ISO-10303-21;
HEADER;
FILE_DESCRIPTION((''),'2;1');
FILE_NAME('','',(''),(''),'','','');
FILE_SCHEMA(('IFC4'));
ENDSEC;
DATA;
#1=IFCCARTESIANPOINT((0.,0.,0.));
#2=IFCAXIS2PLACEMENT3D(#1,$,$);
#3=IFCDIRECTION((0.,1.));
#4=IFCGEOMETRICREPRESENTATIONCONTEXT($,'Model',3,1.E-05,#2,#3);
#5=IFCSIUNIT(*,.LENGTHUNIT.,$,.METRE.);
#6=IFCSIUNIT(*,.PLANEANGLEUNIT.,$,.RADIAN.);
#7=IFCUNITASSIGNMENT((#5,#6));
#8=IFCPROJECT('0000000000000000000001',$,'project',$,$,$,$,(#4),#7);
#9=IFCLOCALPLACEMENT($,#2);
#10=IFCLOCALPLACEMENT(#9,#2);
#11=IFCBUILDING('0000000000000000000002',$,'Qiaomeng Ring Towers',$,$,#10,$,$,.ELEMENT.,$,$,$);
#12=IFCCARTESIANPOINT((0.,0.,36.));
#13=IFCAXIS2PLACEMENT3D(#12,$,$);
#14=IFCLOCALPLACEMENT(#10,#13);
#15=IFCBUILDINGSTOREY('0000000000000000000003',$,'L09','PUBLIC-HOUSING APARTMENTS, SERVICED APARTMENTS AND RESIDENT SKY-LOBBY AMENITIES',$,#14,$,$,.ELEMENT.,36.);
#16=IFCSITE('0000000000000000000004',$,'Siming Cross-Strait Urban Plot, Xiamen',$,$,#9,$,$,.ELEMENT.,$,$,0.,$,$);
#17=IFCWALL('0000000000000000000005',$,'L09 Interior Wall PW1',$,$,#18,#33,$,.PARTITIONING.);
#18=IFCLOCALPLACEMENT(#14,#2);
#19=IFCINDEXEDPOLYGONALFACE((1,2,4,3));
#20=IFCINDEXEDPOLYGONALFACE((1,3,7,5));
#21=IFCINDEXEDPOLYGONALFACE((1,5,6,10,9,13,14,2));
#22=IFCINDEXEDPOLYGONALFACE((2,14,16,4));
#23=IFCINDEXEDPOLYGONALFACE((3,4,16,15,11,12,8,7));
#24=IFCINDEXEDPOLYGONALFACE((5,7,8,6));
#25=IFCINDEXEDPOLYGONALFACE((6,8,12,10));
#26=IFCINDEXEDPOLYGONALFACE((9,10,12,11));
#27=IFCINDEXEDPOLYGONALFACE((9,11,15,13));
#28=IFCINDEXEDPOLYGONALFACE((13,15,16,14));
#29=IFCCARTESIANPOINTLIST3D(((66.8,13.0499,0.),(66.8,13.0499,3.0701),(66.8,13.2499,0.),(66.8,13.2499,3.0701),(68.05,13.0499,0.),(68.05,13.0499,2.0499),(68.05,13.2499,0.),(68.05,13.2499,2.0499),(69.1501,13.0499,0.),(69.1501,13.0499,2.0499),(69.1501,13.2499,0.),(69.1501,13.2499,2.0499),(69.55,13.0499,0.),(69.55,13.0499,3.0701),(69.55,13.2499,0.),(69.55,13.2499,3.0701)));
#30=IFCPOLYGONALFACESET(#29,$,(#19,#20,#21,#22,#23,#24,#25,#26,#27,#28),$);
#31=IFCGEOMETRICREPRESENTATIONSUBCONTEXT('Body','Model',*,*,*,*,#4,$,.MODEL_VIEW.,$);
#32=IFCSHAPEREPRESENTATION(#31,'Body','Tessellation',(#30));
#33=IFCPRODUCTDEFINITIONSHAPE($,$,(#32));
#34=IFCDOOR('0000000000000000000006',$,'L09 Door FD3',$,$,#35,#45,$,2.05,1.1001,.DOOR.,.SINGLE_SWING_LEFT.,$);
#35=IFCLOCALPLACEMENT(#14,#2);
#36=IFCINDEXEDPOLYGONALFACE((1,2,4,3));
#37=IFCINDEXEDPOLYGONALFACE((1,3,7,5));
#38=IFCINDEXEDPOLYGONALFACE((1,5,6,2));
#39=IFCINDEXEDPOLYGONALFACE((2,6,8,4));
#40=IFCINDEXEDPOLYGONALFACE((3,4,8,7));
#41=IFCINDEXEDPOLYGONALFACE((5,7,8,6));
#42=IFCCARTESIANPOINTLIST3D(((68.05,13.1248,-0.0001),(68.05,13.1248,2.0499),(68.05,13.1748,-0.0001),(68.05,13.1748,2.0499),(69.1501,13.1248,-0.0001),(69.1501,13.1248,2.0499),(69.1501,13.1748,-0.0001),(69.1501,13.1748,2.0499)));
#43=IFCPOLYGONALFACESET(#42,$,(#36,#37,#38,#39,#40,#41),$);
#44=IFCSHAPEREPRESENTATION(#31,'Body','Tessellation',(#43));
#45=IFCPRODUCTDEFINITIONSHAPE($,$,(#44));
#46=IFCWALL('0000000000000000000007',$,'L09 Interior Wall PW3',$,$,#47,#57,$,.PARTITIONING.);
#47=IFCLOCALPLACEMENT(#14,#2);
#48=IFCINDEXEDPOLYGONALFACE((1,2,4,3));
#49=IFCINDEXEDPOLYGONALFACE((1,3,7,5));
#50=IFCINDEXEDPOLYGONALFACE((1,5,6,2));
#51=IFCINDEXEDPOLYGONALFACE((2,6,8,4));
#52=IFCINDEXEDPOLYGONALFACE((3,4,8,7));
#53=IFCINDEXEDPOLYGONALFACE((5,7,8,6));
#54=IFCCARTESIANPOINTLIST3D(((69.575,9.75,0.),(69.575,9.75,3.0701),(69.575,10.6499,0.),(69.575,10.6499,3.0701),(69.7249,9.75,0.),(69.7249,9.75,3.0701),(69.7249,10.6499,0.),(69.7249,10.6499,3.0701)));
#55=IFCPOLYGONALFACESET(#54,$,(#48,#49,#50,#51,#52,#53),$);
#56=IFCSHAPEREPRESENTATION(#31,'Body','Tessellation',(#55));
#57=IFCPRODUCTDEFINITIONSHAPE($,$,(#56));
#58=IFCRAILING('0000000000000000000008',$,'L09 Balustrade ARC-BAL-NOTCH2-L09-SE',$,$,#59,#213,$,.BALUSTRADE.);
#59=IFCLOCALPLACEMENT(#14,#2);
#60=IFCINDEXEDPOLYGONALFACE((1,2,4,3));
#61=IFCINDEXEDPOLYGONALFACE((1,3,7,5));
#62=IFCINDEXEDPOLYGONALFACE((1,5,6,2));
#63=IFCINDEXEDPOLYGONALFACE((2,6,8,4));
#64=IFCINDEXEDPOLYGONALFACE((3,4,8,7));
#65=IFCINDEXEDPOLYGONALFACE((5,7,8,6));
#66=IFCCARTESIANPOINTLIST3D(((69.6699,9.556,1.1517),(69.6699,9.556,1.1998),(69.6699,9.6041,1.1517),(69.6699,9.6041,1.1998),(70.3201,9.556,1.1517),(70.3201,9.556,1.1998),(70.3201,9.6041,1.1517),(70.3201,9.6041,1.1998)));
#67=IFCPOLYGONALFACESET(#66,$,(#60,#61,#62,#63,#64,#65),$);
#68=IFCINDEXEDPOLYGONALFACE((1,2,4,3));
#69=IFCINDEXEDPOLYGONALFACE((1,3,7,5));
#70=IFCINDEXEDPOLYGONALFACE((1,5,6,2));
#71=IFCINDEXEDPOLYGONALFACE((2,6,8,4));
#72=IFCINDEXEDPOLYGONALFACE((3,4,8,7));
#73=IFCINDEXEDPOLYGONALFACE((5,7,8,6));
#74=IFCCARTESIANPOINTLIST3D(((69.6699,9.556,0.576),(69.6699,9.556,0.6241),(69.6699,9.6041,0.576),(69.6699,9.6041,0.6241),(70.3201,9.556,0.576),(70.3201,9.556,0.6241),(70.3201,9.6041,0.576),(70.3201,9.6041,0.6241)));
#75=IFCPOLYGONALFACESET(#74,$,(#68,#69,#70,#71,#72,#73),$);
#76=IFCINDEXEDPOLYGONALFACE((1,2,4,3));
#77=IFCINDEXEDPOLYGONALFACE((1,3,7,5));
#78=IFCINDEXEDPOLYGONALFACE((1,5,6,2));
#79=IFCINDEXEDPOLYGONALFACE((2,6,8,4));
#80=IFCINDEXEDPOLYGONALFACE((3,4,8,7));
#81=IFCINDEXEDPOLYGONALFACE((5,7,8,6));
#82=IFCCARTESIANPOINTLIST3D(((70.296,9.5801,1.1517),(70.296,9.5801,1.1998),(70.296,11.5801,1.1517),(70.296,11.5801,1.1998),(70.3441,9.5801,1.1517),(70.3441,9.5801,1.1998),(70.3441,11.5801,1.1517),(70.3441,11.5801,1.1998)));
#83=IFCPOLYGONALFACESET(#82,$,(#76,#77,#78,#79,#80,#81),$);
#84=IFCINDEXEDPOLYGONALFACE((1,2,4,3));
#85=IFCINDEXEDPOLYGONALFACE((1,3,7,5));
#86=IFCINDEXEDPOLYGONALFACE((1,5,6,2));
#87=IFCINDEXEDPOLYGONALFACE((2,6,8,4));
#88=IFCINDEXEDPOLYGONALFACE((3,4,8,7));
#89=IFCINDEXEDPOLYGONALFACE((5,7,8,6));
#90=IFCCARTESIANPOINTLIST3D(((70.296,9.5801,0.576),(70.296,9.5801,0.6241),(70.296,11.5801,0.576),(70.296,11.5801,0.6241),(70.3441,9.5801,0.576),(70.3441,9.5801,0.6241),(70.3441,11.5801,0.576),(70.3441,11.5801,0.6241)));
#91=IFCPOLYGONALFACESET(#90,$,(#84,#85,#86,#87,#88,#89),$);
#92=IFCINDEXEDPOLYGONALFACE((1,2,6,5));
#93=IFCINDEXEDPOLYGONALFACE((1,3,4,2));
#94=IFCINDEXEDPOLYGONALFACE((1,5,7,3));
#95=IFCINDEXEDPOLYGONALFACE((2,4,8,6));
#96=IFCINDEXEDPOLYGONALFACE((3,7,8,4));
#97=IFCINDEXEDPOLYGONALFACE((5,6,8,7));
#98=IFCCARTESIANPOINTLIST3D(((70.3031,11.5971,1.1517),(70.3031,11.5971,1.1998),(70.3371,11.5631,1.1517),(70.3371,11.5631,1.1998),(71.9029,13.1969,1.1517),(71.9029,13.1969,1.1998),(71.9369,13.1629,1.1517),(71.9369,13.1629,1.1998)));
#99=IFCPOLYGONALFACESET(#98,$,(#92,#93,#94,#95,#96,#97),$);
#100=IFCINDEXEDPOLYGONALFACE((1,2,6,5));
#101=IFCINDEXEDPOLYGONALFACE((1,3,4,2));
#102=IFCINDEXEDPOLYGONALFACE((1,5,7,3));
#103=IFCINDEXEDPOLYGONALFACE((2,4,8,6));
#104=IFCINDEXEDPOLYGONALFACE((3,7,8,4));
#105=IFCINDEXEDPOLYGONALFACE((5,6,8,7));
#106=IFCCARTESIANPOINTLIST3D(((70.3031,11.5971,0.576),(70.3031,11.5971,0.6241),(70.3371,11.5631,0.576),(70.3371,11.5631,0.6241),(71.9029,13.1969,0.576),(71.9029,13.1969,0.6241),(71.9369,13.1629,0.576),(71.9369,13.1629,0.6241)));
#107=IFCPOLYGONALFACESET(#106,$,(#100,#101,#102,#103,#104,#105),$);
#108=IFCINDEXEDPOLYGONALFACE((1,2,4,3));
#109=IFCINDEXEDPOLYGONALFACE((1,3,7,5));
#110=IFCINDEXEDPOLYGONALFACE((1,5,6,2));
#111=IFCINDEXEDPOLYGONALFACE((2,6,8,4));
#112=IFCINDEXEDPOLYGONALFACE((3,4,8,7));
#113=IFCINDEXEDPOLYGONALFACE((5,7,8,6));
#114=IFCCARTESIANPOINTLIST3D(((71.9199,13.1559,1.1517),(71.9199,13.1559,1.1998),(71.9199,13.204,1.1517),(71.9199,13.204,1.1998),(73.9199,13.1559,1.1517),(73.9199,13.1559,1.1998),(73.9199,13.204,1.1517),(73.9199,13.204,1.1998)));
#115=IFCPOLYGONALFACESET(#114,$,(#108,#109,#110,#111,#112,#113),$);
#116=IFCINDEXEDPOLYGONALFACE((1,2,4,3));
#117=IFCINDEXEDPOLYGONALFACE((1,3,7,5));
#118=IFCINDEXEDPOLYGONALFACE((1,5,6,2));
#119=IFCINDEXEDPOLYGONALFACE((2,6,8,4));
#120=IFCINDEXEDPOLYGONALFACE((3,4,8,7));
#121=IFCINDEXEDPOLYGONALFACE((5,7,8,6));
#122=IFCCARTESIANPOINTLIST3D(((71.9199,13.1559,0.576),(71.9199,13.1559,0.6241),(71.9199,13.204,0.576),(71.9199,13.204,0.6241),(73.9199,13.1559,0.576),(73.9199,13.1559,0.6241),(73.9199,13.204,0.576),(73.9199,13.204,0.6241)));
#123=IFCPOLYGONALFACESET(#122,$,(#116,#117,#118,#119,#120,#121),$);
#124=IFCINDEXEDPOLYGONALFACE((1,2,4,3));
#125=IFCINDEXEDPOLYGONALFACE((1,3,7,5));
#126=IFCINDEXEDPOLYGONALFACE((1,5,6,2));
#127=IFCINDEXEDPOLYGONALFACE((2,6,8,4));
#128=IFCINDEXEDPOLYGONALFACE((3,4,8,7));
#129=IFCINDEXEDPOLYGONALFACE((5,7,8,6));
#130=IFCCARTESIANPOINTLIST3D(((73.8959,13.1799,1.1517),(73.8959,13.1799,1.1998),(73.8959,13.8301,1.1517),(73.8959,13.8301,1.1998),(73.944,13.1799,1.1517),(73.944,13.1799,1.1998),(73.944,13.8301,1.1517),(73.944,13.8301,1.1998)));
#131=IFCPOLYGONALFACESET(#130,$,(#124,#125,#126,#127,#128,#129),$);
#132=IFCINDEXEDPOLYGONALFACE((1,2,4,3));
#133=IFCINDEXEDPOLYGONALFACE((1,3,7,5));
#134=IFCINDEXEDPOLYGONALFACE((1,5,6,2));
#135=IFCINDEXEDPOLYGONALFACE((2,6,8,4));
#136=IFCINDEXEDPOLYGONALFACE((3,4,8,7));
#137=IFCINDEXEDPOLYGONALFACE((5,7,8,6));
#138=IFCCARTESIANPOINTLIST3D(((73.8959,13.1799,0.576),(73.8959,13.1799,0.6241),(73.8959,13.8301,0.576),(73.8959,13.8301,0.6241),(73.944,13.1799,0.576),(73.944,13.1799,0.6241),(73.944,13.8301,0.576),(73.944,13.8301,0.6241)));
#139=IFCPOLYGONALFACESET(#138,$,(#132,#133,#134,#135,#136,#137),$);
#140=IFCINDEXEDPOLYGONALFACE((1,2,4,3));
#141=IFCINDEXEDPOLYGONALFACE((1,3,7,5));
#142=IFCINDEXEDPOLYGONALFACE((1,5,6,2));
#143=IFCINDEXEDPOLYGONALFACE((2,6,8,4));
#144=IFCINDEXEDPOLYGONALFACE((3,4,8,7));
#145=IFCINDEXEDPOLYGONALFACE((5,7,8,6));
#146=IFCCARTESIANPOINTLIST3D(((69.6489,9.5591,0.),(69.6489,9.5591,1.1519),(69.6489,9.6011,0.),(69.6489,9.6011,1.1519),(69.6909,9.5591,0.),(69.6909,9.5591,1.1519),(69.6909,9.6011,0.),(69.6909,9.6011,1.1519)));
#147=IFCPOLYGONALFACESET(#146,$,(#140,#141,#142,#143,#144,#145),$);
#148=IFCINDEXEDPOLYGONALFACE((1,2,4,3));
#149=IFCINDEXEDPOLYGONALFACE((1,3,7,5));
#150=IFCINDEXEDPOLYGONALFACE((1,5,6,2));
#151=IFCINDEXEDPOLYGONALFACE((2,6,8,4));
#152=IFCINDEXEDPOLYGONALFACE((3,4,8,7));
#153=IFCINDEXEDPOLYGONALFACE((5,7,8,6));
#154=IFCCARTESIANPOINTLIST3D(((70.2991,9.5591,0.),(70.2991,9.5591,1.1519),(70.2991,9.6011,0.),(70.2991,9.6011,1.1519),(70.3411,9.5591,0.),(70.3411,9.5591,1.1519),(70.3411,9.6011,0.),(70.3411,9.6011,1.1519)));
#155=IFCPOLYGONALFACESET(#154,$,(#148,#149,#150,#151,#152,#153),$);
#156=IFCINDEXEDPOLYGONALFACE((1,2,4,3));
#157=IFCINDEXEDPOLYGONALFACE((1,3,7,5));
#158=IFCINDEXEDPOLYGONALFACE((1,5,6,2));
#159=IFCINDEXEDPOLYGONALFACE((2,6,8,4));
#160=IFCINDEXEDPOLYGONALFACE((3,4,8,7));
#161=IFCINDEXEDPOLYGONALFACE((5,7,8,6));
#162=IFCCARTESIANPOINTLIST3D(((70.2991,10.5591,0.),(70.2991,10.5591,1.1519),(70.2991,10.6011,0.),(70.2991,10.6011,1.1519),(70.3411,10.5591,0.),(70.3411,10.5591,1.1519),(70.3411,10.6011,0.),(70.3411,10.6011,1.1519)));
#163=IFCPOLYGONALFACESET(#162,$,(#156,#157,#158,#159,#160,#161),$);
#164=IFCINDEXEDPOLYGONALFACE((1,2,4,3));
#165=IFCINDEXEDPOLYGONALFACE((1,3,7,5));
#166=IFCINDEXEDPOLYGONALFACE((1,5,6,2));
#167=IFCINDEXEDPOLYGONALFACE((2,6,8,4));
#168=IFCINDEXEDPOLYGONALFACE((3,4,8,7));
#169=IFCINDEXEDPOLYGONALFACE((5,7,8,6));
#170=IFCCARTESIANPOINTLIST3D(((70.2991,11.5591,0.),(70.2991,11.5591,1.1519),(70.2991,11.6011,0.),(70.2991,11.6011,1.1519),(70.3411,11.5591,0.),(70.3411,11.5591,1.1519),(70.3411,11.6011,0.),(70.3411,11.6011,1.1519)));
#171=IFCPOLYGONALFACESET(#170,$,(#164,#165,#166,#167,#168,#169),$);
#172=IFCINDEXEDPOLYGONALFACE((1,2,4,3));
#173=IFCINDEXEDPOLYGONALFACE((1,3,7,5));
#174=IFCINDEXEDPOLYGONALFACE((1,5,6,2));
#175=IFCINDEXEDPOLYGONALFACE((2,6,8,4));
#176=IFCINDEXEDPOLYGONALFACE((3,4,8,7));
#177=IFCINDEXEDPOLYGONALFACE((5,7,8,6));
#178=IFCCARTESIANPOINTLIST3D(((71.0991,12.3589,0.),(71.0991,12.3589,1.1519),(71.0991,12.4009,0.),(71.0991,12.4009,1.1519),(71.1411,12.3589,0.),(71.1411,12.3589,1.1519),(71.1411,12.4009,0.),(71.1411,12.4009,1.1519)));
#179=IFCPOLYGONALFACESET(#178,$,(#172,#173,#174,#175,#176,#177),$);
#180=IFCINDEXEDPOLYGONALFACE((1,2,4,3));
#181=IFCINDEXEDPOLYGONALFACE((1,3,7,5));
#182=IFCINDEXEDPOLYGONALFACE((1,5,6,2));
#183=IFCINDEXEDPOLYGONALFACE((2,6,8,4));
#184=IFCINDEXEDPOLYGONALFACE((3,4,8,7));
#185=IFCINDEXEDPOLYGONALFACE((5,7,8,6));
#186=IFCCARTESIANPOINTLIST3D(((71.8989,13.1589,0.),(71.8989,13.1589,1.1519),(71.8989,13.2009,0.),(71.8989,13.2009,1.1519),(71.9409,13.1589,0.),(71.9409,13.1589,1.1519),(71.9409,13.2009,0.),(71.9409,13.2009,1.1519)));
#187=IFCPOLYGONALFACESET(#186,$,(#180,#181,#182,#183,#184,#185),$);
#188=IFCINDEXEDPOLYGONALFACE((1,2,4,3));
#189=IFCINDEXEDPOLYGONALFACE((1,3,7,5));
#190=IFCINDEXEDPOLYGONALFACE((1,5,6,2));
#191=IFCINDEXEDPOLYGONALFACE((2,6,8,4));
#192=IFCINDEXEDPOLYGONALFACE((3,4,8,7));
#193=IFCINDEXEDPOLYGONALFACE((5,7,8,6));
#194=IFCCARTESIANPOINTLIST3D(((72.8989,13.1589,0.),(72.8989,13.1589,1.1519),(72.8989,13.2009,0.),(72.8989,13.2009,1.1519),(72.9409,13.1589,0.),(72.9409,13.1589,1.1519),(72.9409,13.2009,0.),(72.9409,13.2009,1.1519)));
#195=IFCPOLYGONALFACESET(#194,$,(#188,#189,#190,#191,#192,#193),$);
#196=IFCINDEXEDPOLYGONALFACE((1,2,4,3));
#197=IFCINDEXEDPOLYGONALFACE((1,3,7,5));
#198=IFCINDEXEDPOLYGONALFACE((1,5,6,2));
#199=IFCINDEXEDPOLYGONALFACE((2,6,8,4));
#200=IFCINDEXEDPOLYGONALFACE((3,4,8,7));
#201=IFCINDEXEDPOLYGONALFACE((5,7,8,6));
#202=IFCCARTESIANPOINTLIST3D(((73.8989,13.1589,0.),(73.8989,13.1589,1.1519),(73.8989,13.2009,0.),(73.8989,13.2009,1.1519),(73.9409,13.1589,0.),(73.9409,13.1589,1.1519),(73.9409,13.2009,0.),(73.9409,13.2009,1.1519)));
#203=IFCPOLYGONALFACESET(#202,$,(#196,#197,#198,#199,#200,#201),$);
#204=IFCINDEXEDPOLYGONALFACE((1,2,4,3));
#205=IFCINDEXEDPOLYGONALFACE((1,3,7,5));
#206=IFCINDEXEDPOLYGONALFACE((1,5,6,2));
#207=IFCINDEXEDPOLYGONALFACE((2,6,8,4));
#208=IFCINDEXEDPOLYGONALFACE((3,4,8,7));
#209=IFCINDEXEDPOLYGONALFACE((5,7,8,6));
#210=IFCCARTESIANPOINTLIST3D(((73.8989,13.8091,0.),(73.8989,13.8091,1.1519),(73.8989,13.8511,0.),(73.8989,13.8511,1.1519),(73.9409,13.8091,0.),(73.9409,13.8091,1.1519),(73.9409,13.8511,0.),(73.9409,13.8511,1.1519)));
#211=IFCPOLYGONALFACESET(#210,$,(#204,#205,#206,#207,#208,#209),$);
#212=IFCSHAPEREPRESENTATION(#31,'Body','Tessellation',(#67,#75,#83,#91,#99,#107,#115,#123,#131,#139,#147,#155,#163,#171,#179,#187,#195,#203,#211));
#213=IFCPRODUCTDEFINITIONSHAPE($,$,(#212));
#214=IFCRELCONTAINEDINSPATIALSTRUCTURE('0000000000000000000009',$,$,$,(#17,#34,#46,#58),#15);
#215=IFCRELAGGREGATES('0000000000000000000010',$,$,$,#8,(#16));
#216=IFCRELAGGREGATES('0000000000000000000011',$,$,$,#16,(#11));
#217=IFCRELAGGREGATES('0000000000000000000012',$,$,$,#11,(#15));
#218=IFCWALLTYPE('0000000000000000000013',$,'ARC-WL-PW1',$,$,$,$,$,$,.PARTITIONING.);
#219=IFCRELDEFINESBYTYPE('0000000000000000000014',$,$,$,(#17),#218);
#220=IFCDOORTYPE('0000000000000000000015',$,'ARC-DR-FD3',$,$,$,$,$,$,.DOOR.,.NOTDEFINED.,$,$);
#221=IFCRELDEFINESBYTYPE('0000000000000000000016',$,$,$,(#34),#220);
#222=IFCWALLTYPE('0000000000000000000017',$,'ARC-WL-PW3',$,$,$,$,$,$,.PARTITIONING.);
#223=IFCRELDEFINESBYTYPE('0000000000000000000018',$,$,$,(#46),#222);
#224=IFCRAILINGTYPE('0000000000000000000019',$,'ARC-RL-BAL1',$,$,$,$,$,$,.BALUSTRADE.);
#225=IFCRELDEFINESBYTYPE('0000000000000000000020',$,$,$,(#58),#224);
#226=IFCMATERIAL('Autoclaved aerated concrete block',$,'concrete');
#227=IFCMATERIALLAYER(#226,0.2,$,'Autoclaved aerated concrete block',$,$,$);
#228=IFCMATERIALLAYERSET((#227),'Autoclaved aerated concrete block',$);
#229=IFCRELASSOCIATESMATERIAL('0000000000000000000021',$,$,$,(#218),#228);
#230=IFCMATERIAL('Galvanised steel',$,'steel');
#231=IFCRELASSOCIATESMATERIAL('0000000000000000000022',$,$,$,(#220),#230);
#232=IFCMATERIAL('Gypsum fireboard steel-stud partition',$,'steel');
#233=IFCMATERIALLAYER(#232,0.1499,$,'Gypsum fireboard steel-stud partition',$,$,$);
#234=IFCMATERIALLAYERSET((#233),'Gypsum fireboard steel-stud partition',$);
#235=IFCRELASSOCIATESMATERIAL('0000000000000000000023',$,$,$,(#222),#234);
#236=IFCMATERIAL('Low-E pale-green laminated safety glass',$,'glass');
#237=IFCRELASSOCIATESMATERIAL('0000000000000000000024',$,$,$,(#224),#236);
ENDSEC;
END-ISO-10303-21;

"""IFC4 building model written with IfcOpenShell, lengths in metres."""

from ifc_helpers import new_model, si_unit, direction, frame, frame_2d, origin, origin_2d, place, context, subcontext, project, spatial, rectangle, extrude, source, transform, mapped, material, layer, layer_set, type_object, element, fill, save


model = new_model("IFC4")

# Units and contexts
model_context = context("Model", 3, precision=1e-05, world=origin(), true_north=direction((0.0, 1.0)))
body_context = subcontext(model_context, "Body", "Model", "MODEL_VIEW")
ifc_project = project(units=[si_unit("LENGTHUNIT", "METRE"), si_unit("PLANEANGLEUNIT", "RADIAN")], contexts=[model_context])

# Site, building, storey
site_placement = place(None, origin())
site = spatial("IfcSite", under=ifc_project, at=site_placement, Name="Siming Cross-Strait Urban Plot, Xiamen", CompositionType="ELEMENT", RefElevation=0.0)
building_placement = place(site_placement, origin())
building = spatial("IfcBuilding", under=site, at=building_placement, Name="Qiaomeng Ring Towers", CompositionType="ELEMENT")
storey_placement = place(building_placement, frame((0.0, 0.0, 36.0)))
storey = spatial("IfcBuildingStorey", under=building, at=storey_placement, Name="L09", Description="PUBLIC-HOUSING APARTMENTS, SERVICED APARTMENTS AND RESIDENT SKY-LOBBY AMENITIES", CompositionType="ELEMENT", Elevation=36.0)

# Shared definitions
ifc_material_1 = material(Name="Autoclaved aerated concrete block", Category="concrete")
ifc_layer_1 = layer(ifc_material_1, 0.2, Name="Autoclaved aerated concrete block")
ifc_layer_set_1 = layer_set([ifc_layer_1], Name="Autoclaved aerated concrete block")
wall_type_1 = type_object("IfcWallType", Name="ARC-WL-PW1", PredefinedType="PARTITIONING", material=ifc_layer_set_1)

# Wall, opening, door
wall_1_placement = place(storey_placement, frame((66.8, 13.1499, 0.0), z_axis=(0.0, 0.0, 1.0), x_axis=(1.0, 0.0, 0.0)))
wall_1 = element("IfcWall", 1, at=wall_1_placement, inside=storey, type_object=wall_type_1, Name="L09 Interior Wall PW1", PredefinedType="PARTITIONING", context=body_context, shape_type="SweptSolid", body=[
    extrude(rectangle(XDim=2.75, YDim=0.2, at=frame_2d((1.375, 0.0))), origin(), (0.0, 0.0, 1.0), 3.0701),
])
opening_1_placement = place(wall_1_placement, frame((1.25, 0.0, 0.0)))
opening_1 = element("IfcOpeningElement", 2, at=opening_1_placement, cuts=wall_1, PredefinedType="OPENING", context=body_context, shape_type="SweptSolid", body=[
    extrude(rectangle(XDim=1.1001, YDim=2.05, at=frame_2d((0.55, 1.0249))), frame((0.0, 0.1099, 0.0), z_axis=(0.0, -1.0, 0.0), x_axis=(1.0, 0.0, 0.0)), (0.0, 0.0, 1.0), 0.22),
])
ifc_material_2 = material(Name="Galvanised steel", Category="steel")
door_type_1 = type_object("IfcDoorType", Name="ARC-DR-FD3", OperationType="NOTDEFINED", PredefinedType="DOOR", material=ifc_material_2)
shared_shape_1 = source(origin(), body_context, "Body", "SweptSolid", [
    extrude(rectangle(XDim=1.1001, YDim=2.05, at=frame_2d((0.55, 1.0249))), frame((0.0, 0.0249, 0.0), z_axis=(0.0, -1.0, 0.0), x_axis=(1.0, 0.0, 0.0)), (0.0, 0.0, 1.0), 0.05),
])
door_1_placement = place(opening_1_placement, origin())
door_1 = element("IfcDoor", 3, at=door_1_placement, inside=storey, type_object=door_type_1, Name="L09 Door FD3", OperationType="SINGLE_SWING_LEFT", OverallHeight=2.05, OverallWidth=1.1001, PredefinedType="DOOR", context=body_context, shape_type="MappedRepresentation", body=[
    mapped(shared_shape_1, transform((0.0, 0.0, 0.0), x_axis=(1.0, 0.0, 0.0), y_axis=(0.0, 1.0, 0.0), z_axis=(0.0, 0.0, 1.0), scale=1.0)),
])
fill(opening_1, door_1)

# Wall
ifc_material_3 = material(Name="Gypsum fireboard steel-stud partition", Category="steel")
ifc_layer_2 = layer(ifc_material_3, 0.1499, Name="Gypsum fireboard steel-stud partition")
ifc_layer_set_2 = layer_set([ifc_layer_2], Name="Gypsum fireboard steel-stud partition")
wall_type_2 = type_object("IfcWallType", Name="ARC-WL-PW3", PredefinedType="PARTITIONING", material=ifc_layer_set_2)
wall_2_placement = place(storey_placement, frame((69.6499, 9.75, 0.0), z_axis=(0.0, 0.0, 1.0), x_axis=(0.0, 1.0, 0.0)))
element("IfcWall", 4, at=wall_2_placement, inside=storey, type_object=wall_type_2, Name="L09 Interior Wall PW3", PredefinedType="PARTITIONING", context=body_context, shape_type="SweptSolid", body=[
    extrude(rectangle(XDim=0.8999, YDim=0.1499, at=frame_2d((0.45, 0.0))), origin(), (0.0, 0.0, 1.0), 3.0701),
])

# Railing
ifc_material_4 = material(Name="Low-E pale-green laminated safety glass", Category="glass")
railing_type = type_object("IfcRailingType", Name="ARC-RL-BAL1", PredefinedType="BALUSTRADE", material=ifc_material_4)
railing_placement = place(storey_placement, frame((69.6699, 9.5801, 0.0)))
element("IfcRailing", 5, at=railing_placement, inside=storey, type_object=railing_type, Name="L09 Balustrade ARC-BAL-NOTCH2-L09-SE", PredefinedType="BALUSTRADE", context=body_context, shape_type="SweptSolid", body=[
    extrude(rectangle(XDim=0.0481, YDim=0.0481, at=origin_2d()), frame((0.0, 0.0, 1.1758), z_axis=(1.0, 0.0, 0.0), x_axis=(0.0, 1.0, 0.0)), (0.0, 0.0, 1.0), 0.6501),
    extrude(rectangle(XDim=0.0481, YDim=0.0481, at=origin_2d()), frame((0.0, 0.0, 0.6001), z_axis=(1.0, 0.0, 0.0), x_axis=(0.0, 1.0, 0.0)), (0.0, 0.0, 1.0), 0.6501),
    extrude(rectangle(XDim=0.0481, YDim=0.0481, at=origin_2d()), frame((0.6501, 0.0, 1.1758), z_axis=(0.0, 1.0, 0.0), x_axis=(-1.0, 0.0, 0.0)), (0.0, 0.0, 1.0), 2.0),
    extrude(rectangle(XDim=0.0481, YDim=0.0481, at=origin_2d()), frame((0.6501, 0.0, 0.6001), z_axis=(0.0, 1.0, 0.0), x_axis=(-1.0, 0.0, 0.0)), (0.0, 0.0, 1.0), 2.0),
    extrude(rectangle(XDim=0.0481, YDim=0.0481, at=origin_2d()), frame((0.6501, 2.0, 1.1758), z_axis=(0.707107, 0.707107, 0.0), x_axis=(-0.707107, 0.707107, 0.0)), (0.0, 0.0, 1.0), 2.2625),
    extrude(rectangle(XDim=0.0481, YDim=0.0481, at=origin_2d()), frame((0.6501, 2.0, 0.6001), z_axis=(0.707107, 0.707107, 0.0), x_axis=(-0.707107, 0.707107, 0.0)), (0.0, 0.0, 1.0), 2.2625),
    extrude(rectangle(XDim=0.0481, YDim=0.0481, at=origin_2d()), frame((2.25, 3.5999, 1.1758), z_axis=(1.0, 0.0, 0.0), x_axis=(0.0, 1.0, 0.0)), (0.0, 0.0, 1.0), 2.0),
    extrude(rectangle(XDim=0.0481, YDim=0.0481, at=origin_2d()), frame((2.25, 3.5999, 0.6001), z_axis=(1.0, 0.0, 0.0), x_axis=(0.0, 1.0, 0.0)), (0.0, 0.0, 1.0), 2.0),
    extrude(rectangle(XDim=0.0481, YDim=0.0481, at=origin_2d()), frame((4.25, 3.5999, 1.1758), z_axis=(0.0, 1.0, 0.0), x_axis=(-1.0, 0.0, 0.0)), (0.0, 0.0, 1.0), 0.6501),
    extrude(rectangle(XDim=0.0481, YDim=0.0481, at=origin_2d()), frame((4.25, 3.5999, 0.6001), z_axis=(0.0, 1.0, 0.0), x_axis=(-1.0, 0.0, 0.0)), (0.0, 0.0, 1.0), 0.6501),
    extrude(rectangle(XDim=0.042, YDim=0.042, at=origin_2d()), origin(), (0.0, 0.0, 1.0), 1.1519),
    extrude(rectangle(XDim=0.042, YDim=0.042, at=origin_2d()), frame((0.6501, 0.0, 0.0)), (0.0, 0.0, 1.0), 1.1519),
    extrude(rectangle(XDim=0.042, YDim=0.042, at=origin_2d()), frame((0.6501, 1.0, 0.0)), (0.0, 0.0, 1.0), 1.1519),
    extrude(rectangle(XDim=0.042, YDim=0.042, at=origin_2d()), frame((0.6501, 2.0, 0.0)), (0.0, 0.0, 1.0), 1.1519),
    extrude(rectangle(XDim=0.042, YDim=0.042, at=origin_2d()), frame((1.4502, 2.7998, 0.0)), (0.0, 0.0, 1.0), 1.1519),
    extrude(rectangle(XDim=0.042, YDim=0.042, at=origin_2d()), frame((2.25, 3.5999, 0.0)), (0.0, 0.0, 1.0), 1.1519),
    extrude(rectangle(XDim=0.042, YDim=0.042, at=origin_2d()), frame((3.25, 3.5999, 0.0)), (0.0, 0.0, 1.0), 1.1519),
    extrude(rectangle(XDim=0.042, YDim=0.042, at=origin_2d()), frame((4.25, 3.5999, 0.0)), (0.0, 0.0, 1.0), 1.1519),
    extrude(rectangle(XDim=0.042, YDim=0.042, at=origin_2d()), frame((4.25, 4.25, 0.0)), (0.0, 0.0, 1.0), 1.1519),
])

save(model, "model.ifc")
